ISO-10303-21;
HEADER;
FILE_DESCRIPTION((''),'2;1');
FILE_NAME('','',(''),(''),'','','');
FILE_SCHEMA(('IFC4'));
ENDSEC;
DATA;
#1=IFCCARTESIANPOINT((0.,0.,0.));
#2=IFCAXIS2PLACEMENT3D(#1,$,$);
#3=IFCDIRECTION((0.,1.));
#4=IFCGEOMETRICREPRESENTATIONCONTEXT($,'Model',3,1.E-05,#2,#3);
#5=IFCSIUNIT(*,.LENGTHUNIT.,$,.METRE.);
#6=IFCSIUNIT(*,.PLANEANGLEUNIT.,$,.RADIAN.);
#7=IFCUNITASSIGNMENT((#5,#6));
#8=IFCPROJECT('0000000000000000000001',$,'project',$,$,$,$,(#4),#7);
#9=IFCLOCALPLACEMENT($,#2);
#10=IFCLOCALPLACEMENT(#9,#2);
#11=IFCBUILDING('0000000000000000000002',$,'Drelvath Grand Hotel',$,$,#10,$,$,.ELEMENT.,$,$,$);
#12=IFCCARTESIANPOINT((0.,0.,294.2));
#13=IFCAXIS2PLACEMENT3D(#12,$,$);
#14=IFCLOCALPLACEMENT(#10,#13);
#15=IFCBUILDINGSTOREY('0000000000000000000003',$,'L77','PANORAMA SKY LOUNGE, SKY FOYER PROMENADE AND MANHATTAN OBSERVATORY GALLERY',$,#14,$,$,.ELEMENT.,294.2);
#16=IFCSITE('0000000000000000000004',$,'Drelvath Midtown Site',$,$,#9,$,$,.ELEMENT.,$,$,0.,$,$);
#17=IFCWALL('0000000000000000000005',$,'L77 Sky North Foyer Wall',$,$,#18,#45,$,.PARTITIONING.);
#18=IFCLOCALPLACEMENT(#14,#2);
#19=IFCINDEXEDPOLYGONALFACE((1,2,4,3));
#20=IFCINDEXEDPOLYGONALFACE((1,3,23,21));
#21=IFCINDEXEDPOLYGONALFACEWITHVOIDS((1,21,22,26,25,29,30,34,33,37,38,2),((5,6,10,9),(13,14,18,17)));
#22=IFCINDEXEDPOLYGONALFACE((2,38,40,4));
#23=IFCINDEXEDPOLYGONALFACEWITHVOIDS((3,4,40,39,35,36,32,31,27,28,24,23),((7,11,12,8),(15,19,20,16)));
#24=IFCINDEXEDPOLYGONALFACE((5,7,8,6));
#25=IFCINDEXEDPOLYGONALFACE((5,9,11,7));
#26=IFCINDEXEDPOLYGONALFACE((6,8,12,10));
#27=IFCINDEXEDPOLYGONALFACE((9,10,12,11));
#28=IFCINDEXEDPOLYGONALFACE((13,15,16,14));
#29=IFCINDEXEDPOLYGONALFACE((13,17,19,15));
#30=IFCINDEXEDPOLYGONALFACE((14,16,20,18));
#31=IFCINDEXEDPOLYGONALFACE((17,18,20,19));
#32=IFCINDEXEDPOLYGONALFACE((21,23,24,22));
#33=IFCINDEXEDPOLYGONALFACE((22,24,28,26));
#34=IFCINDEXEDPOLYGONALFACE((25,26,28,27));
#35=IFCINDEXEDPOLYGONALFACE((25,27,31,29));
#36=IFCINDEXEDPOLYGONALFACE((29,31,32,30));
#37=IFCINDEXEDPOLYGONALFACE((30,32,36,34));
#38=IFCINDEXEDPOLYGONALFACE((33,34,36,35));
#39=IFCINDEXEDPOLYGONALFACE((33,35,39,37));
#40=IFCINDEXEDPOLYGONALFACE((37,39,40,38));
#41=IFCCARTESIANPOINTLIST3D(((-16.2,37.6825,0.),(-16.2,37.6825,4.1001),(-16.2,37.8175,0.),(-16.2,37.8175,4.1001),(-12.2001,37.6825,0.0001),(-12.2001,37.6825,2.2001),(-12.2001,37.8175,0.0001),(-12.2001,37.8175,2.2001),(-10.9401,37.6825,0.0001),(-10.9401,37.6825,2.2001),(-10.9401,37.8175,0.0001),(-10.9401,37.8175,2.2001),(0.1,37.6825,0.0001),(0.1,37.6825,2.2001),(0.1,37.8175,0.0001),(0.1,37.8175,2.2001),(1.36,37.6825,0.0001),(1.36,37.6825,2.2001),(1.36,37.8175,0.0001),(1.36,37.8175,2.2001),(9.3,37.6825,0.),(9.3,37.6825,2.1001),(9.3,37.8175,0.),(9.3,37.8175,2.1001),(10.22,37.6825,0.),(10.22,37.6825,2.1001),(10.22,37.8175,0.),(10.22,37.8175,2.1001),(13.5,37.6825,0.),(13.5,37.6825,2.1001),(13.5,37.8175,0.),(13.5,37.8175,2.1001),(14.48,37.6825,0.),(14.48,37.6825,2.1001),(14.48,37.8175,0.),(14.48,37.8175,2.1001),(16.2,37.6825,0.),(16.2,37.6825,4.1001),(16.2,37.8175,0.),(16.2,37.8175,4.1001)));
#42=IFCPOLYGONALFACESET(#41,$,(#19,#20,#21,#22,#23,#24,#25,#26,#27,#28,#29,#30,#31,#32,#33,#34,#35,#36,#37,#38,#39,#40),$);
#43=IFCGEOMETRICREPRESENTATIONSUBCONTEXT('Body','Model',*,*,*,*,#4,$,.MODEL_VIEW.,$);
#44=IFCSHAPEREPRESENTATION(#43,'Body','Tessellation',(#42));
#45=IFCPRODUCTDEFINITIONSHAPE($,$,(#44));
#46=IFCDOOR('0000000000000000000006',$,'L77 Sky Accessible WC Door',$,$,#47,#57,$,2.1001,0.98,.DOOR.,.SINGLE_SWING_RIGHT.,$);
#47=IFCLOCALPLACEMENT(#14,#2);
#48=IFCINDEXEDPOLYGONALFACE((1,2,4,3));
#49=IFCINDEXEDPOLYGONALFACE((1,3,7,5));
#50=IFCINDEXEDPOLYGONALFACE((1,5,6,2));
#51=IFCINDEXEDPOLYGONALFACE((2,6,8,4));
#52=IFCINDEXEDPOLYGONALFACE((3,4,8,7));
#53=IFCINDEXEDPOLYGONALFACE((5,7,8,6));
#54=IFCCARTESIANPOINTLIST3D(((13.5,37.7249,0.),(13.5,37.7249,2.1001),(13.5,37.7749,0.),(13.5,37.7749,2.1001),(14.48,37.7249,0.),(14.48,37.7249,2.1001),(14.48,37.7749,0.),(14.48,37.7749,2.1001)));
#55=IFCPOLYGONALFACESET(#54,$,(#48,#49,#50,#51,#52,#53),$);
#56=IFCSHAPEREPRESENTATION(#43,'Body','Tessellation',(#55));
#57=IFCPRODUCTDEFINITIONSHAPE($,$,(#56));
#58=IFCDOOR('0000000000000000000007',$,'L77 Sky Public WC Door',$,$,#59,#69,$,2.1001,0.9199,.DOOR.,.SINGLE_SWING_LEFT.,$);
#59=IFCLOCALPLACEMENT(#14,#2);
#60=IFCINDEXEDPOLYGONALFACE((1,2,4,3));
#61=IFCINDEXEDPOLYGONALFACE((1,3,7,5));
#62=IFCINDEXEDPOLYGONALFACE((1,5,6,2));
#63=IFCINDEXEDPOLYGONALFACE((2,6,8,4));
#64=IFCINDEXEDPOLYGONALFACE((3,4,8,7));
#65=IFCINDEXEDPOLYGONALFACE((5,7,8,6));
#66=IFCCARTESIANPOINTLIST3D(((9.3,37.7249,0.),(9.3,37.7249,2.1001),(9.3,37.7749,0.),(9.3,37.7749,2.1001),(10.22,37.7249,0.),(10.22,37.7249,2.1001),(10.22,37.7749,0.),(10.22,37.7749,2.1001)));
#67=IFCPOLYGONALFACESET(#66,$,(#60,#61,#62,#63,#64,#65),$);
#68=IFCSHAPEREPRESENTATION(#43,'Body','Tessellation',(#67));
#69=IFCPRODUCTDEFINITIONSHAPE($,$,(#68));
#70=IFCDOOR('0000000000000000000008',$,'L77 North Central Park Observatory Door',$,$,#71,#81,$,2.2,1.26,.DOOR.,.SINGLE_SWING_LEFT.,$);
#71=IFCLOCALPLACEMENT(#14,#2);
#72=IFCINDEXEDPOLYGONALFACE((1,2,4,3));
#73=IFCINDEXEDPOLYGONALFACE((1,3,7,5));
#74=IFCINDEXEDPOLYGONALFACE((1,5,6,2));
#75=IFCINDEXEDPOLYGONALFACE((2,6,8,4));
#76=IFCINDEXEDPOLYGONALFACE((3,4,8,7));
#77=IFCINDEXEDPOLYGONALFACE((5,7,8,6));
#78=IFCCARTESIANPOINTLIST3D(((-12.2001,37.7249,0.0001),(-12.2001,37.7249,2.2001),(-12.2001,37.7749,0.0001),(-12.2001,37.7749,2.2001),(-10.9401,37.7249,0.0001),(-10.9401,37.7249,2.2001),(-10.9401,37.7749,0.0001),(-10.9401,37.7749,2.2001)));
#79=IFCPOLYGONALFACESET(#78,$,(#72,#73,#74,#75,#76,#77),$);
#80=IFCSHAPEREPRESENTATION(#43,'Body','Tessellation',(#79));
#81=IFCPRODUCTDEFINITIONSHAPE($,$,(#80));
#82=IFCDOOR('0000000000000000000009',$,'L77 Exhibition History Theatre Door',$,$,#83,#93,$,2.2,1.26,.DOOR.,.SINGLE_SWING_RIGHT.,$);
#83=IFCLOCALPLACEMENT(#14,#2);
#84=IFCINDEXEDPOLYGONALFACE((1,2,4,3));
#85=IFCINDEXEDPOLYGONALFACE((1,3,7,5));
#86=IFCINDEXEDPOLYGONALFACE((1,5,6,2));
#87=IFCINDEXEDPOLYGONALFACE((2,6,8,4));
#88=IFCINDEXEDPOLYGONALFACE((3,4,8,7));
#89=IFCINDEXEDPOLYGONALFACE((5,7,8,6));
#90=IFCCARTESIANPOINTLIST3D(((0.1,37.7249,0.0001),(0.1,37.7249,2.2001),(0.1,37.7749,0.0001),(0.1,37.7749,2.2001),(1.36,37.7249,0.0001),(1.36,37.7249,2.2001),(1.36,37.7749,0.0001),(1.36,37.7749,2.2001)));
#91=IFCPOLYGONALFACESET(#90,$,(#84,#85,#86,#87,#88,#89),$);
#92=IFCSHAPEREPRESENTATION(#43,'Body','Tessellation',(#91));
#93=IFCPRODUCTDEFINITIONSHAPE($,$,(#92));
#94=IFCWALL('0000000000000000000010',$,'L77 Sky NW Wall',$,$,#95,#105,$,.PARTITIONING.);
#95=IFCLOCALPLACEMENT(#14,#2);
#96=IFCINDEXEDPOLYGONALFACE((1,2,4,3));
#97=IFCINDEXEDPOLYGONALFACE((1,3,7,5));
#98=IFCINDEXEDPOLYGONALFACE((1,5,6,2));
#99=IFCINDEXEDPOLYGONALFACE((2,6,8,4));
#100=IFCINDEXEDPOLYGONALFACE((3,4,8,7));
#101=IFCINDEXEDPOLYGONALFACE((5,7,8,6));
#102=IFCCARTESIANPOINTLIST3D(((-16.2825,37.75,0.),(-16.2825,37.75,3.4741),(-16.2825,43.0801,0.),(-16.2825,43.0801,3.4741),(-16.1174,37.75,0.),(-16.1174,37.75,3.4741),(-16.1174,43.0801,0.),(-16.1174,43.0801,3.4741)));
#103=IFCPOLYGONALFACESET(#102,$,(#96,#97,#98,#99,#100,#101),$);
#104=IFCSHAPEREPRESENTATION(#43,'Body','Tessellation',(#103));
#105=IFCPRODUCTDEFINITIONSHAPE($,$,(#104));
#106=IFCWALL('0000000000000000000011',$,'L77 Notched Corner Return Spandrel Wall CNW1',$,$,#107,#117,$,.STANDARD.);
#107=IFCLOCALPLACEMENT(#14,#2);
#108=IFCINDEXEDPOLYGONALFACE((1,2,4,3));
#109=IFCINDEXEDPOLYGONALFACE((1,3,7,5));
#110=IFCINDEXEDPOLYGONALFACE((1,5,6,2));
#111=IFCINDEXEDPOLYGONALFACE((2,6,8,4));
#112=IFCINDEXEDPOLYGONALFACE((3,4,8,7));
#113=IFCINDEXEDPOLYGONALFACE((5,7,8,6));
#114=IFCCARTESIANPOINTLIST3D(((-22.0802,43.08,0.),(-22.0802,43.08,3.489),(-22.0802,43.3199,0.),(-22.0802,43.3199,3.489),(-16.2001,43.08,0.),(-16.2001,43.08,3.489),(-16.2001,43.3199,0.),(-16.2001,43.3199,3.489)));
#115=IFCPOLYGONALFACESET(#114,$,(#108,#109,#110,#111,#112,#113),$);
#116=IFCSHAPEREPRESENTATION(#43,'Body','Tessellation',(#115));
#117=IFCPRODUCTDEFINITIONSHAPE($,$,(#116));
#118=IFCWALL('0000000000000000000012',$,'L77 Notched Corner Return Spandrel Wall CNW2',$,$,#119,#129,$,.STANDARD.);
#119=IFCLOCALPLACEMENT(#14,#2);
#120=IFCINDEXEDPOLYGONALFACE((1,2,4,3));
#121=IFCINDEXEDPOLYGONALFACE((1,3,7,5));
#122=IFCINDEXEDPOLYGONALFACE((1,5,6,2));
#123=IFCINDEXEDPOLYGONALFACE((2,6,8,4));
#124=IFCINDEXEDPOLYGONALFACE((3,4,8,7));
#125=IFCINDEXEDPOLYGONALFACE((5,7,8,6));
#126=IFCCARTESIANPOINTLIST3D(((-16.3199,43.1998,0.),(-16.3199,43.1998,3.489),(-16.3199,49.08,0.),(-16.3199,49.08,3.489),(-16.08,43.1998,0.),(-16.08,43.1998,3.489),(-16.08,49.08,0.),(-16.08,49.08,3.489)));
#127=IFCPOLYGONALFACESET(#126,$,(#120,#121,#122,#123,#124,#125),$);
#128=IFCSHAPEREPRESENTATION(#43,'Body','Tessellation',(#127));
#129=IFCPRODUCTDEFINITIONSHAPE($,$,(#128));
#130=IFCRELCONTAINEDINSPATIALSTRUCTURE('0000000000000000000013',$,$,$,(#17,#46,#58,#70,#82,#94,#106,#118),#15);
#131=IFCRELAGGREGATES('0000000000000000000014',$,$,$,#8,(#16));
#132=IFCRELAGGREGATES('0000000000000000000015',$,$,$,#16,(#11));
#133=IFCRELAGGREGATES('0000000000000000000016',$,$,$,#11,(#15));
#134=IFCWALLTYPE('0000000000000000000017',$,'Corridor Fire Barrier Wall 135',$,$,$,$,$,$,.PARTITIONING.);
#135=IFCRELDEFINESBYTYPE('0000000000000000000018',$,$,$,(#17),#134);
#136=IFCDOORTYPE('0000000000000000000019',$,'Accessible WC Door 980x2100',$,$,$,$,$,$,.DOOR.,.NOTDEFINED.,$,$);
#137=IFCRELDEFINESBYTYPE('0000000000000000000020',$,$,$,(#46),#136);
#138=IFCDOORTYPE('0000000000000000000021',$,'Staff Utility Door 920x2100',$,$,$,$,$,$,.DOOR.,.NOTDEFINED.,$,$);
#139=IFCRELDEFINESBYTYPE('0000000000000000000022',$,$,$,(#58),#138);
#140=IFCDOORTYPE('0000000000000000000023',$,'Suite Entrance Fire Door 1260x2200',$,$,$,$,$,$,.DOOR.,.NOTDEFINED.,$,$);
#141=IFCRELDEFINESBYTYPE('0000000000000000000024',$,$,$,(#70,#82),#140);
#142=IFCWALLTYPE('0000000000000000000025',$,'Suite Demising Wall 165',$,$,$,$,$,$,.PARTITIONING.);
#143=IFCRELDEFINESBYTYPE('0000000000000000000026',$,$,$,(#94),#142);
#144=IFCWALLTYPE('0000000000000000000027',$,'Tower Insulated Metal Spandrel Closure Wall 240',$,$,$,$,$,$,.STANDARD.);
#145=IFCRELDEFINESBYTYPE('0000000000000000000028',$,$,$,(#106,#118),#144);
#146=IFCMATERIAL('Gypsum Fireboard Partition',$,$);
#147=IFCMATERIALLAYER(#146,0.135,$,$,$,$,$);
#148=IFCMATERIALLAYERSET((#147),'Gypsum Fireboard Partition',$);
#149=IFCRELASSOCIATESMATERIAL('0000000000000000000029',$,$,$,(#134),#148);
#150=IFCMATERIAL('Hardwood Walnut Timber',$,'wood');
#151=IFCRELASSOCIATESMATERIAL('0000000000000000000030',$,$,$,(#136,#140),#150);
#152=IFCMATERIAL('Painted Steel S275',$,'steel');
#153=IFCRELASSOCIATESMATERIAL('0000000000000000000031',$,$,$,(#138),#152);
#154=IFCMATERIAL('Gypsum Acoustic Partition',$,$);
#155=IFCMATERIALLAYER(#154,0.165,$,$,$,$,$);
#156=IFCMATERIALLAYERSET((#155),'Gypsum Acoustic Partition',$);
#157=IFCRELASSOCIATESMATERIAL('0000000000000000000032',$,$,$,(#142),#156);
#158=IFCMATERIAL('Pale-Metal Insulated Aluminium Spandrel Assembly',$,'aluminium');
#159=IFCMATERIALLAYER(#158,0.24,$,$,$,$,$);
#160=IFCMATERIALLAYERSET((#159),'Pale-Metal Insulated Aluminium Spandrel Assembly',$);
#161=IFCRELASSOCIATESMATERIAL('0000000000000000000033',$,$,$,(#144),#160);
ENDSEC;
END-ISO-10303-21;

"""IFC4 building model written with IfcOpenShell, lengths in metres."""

from ifc_helpers import new_model, si_unit, direction, frame, frame_2d, origin, place, context, subcontext, project, spatial, rectangle, extrude, material, layer, layer_set, type_object, element, fill, save


model = new_model("IFC4")

# Units and contexts
model_context = context("Model", 3, precision=1e-05, world=origin(), true_north=direction((0.0, 1.0)))
body_context = subcontext(model_context, "Body", "Model", "MODEL_VIEW")
ifc_project = project(units=[si_unit("LENGTHUNIT", "METRE"), si_unit("PLANEANGLEUNIT", "RADIAN")], contexts=[model_context])

# Site, building, storey
site_placement = place(None, origin())
site = spatial("IfcSite", under=ifc_project, at=site_placement, Name="Drelvath Midtown Site", CompositionType="ELEMENT", RefElevation=0.0)
building_placement = place(site_placement, origin())
building = spatial("IfcBuilding", under=site, at=building_placement, Name="Drelvath Grand Hotel", CompositionType="ELEMENT")
storey_placement = place(building_placement, frame((0.0, 0.0, 294.2)))
storey = spatial("IfcBuildingStorey", under=building, at=storey_placement, Name="L77", Description="PANORAMA SKY LOUNGE, SKY FOYER PROMENADE AND MANHATTAN OBSERVATORY GALLERY", CompositionType="ELEMENT", Elevation=294.2)

# Wall, openings, doors
ifc_material_1 = material(Name="Gypsum Fireboard Partition")
ifc_layer_1 = layer(ifc_material_1, 0.135)
ifc_layer_set_1 = layer_set([ifc_layer_1], Name="Gypsum Fireboard Partition")
wall_type_1 = type_object("IfcWallType", Name="Corridor Fire Barrier Wall 135", PredefinedType="PARTITIONING", material=ifc_layer_set_1)
wall_1_placement = place(storey_placement, frame((-16.2, 37.75, 0.0), z_axis=(0.0, 0.0, 1.0), x_axis=(1.0, 0.0, 0.0)))
wall_1 = element("IfcWall", 1, at=wall_1_placement, inside=storey, type_object=wall_type_1, Name="L77 Sky North Foyer Wall", PredefinedType="PARTITIONING", context=body_context, shape_type="SweptSolid", body=[
    extrude(rectangle(XDim=32.3999, YDim=0.135, at=frame_2d((16.2, 0.0))), origin(), (0.0, 0.0, 1.0), 4.1001),
])
opening_1_placement = place(wall_1_placement, frame((4.0, 0.0, 0.0)))
opening_1 = element("IfcOpeningElement", 2, at=opening_1_placement, cuts=wall_1, PredefinedType="OPENING", context=body_context, shape_type="SweptSolid", body=[
    extrude(rectangle(XDim=1.26, YDim=2.2, at=frame_2d((0.6299, 1.1001))), frame((0.0, 0.0774, 0.0), z_axis=(0.0, -1.0, 0.0), x_axis=(1.0, 0.0, 0.0)), (0.0, 0.0, 1.0), 0.155),
])
opening_2_placement = place(wall_1_placement, frame((16.3, 0.0, 0.0)))
opening_2 = element("IfcOpeningElement", 3, at=opening_2_placement, cuts=wall_1, PredefinedType="OPENING", context=body_context, shape_type="SweptSolid", body=[
    extrude(rectangle(XDim=1.26, YDim=2.2, at=frame_2d((0.6299, 1.1001))), frame((0.0, 0.0774, 0.0), z_axis=(0.0, -1.0, 0.0), x_axis=(1.0, 0.0, 0.0)), (0.0, 0.0, 1.0), 0.155),
])
opening_3_placement = place(wall_1_placement, frame((25.5, 0.0, 0.0)))
opening_3 = element("IfcOpeningElement", 4, at=opening_3_placement, cuts=wall_1, PredefinedType="OPENING", context=body_context, shape_type="SweptSolid", body=[
    extrude(rectangle(XDim=0.9199, YDim=2.1001, at=frame_2d((0.46, 1.05))), frame((0.0, 0.0774, 0.0), z_axis=(0.0, -1.0, 0.0), x_axis=(1.0, 0.0, 0.0)), (0.0, 0.0, 1.0), 0.155),
])
opening_4_placement = place(wall_1_placement, frame((29.7, 0.0, 0.0)))
opening_4 = element("IfcOpeningElement", 5, at=opening_4_placement, cuts=wall_1, PredefinedType="OPENING", context=body_context, shape_type="SweptSolid", body=[
    extrude(rectangle(XDim=0.98, YDim=2.1001, at=frame_2d((0.49, 1.05))), frame((0.0, 0.0774, 0.0), z_axis=(0.0, -1.0, 0.0), x_axis=(1.0, 0.0, 0.0)), (0.0, 0.0, 1.0), 0.155),
])
ifc_material_2 = material(Name="Hardwood Walnut Timber", Category="wood")
door_type_1 = type_object("IfcDoorType", Name="Accessible WC Door 980x2100", OperationType="NOTDEFINED", PredefinedType="DOOR", material=ifc_material_2)
door_1_placement = place(opening_4_placement, origin())
door_1 = element("IfcDoor", 6, at=door_1_placement, inside=storey, type_object=door_type_1, Name="L77 Sky Accessible WC Door", OperationType="SINGLE_SWING_RIGHT", OverallHeight=2.1001, OverallWidth=0.98, PredefinedType="DOOR", context=body_context, shape_type="SweptSolid", body=[
    extrude(rectangle(XDim=0.98, YDim=2.1001, at=frame_2d((0.49, 1.05))), frame((0.0, 0.0249, 0.0), z_axis=(0.0, -1.0, 0.0), x_axis=(1.0, 0.0, 0.0)), (0.0, 0.0, 1.0), 0.05),
])
fill(opening_4, door_1)
ifc_material_3 = material(Name="Painted Steel S275", Category="steel")
door_type_2 = type_object("IfcDoorType", Name="Staff Utility Door 920x2100", OperationType="NOTDEFINED", PredefinedType="DOOR", material=ifc_material_3)
door_2_placement = place(opening_3_placement, origin())
door_2 = element("IfcDoor", 7, at=door_2_placement, inside=storey, type_object=door_type_2, Name="L77 Sky Public WC Door", OperationType="SINGLE_SWING_LEFT", OverallHeight=2.1001, OverallWidth=0.9199, PredefinedType="DOOR", context=body_context, shape_type="SweptSolid", body=[
    extrude(rectangle(XDim=0.9199, YDim=2.1001, at=frame_2d((0.46, 1.05))), frame((0.0, 0.0249, 0.0), z_axis=(0.0, -1.0, 0.0), x_axis=(1.0, 0.0, 0.0)), (0.0, 0.0, 1.0), 0.05),
])
fill(opening_3, door_2)
door_type_3 = type_object("IfcDoorType", Name="Suite Entrance Fire Door 1260x2200", OperationType="NOTDEFINED", PredefinedType="DOOR", material=ifc_material_2)
door_3_placement = place(opening_1_placement, origin())
door_3 = element("IfcDoor", 8, at=door_3_placement, inside=storey, type_object=door_type_3, Name="L77 North Central Park Observatory Door", OperationType="SINGLE_SWING_LEFT", OverallHeight=2.2, OverallWidth=1.26, PredefinedType="DOOR", context=body_context, shape_type="SweptSolid", body=[
    extrude(rectangle(XDim=1.26, YDim=2.2, at=frame_2d((0.6299, 1.1001))), frame((0.0, 0.0249, 0.0), z_axis=(0.0, -1.0, 0.0), x_axis=(1.0, 0.0, 0.0)), (0.0, 0.0, 1.0), 0.05),
])
fill(opening_1, door_3)
door_4_placement = place(opening_2_placement, origin())
door_4 = element("IfcDoor", 9, at=door_4_placement, inside=storey, type_object=door_type_3, Name="L77 Exhibition History Theatre Door", OperationType="SINGLE_SWING_RIGHT", OverallHeight=2.2, OverallWidth=1.26, PredefinedType="DOOR", context=body_context, shape_type="SweptSolid", body=[
    extrude(rectangle(XDim=1.26, YDim=2.2, at=frame_2d((0.6299, 1.1001))), frame((0.0, 0.0249, 0.0), z_axis=(0.0, -1.0, 0.0), x_axis=(1.0, 0.0, 0.0)), (0.0, 0.0, 1.0), 0.05),
])
fill(opening_2, door_4)

# Walls
ifc_material_4 = material(Name="Gypsum Acoustic Partition")
ifc_layer_2 = layer(ifc_material_4, 0.165)
ifc_layer_set_2 = layer_set([ifc_layer_2], Name="Gypsum Acoustic Partition")
wall_type_2 = type_object("IfcWallType", Name="Suite Demising Wall 165", PredefinedType="PARTITIONING", material=ifc_layer_set_2)
wall_2_placement = place(storey_placement, frame((-16.2, 37.75, 0.0), z_axis=(0.0, 0.0, 1.0), x_axis=(0.0, 1.0, 0.0)))
element("IfcWall", 10, at=wall_2_placement, inside=storey, type_object=wall_type_2, Name="L77 Sky NW Wall", PredefinedType="PARTITIONING", context=body_context, shape_type="SweptSolid", body=[
    extrude(rectangle(XDim=5.3301, YDim=0.165, at=frame_2d((2.665, 0.0))), origin(), (0.0, 0.0, 1.0), 3.4741),
])
ifc_material_5 = material(Name="Pale-Metal Insulated Aluminium Spandrel Assembly", Category="aluminium")
ifc_layer_3 = layer(ifc_material_5, 0.24)
ifc_layer_set_3 = layer_set([ifc_layer_3], Name="Pale-Metal Insulated Aluminium Spandrel Assembly")
wall_type_3 = type_object("IfcWallType", Name="Tower Insulated Metal Spandrel Closure Wall 240", PredefinedType="STANDARD", material=ifc_layer_set_3)
for number, where, z_axis, x_axis, name in (
    (11, (-22.0801, 43.2, 0.0), (0.0, 0.0, 1.0), (1.0, 0.0, 0.0), "L77 Notched Corner Return Spandrel Wall CNW1"),
    (12, (-16.2, 43.2, 0.0), (0.0, 0.0, 1.0), (0.0, 1.0, 0.0), "L77 Notched Corner Return Spandrel Wall CNW2"),
):
    element("IfcWall", number, at=place(storey_placement, frame(where, z_axis=z_axis, x_axis=x_axis)), inside=storey, type_object=wall_type_3, Name=name, PredefinedType="STANDARD", context=body_context, shape_type="SweptSolid", body=[
        extrude(rectangle(XDim=5.8801, YDim=0.24, at=frame_2d((2.9399, 0.0))), origin(), (0.0, 0.0, 1.0), 3.489),
    ])

save(model, "model.ifc")
